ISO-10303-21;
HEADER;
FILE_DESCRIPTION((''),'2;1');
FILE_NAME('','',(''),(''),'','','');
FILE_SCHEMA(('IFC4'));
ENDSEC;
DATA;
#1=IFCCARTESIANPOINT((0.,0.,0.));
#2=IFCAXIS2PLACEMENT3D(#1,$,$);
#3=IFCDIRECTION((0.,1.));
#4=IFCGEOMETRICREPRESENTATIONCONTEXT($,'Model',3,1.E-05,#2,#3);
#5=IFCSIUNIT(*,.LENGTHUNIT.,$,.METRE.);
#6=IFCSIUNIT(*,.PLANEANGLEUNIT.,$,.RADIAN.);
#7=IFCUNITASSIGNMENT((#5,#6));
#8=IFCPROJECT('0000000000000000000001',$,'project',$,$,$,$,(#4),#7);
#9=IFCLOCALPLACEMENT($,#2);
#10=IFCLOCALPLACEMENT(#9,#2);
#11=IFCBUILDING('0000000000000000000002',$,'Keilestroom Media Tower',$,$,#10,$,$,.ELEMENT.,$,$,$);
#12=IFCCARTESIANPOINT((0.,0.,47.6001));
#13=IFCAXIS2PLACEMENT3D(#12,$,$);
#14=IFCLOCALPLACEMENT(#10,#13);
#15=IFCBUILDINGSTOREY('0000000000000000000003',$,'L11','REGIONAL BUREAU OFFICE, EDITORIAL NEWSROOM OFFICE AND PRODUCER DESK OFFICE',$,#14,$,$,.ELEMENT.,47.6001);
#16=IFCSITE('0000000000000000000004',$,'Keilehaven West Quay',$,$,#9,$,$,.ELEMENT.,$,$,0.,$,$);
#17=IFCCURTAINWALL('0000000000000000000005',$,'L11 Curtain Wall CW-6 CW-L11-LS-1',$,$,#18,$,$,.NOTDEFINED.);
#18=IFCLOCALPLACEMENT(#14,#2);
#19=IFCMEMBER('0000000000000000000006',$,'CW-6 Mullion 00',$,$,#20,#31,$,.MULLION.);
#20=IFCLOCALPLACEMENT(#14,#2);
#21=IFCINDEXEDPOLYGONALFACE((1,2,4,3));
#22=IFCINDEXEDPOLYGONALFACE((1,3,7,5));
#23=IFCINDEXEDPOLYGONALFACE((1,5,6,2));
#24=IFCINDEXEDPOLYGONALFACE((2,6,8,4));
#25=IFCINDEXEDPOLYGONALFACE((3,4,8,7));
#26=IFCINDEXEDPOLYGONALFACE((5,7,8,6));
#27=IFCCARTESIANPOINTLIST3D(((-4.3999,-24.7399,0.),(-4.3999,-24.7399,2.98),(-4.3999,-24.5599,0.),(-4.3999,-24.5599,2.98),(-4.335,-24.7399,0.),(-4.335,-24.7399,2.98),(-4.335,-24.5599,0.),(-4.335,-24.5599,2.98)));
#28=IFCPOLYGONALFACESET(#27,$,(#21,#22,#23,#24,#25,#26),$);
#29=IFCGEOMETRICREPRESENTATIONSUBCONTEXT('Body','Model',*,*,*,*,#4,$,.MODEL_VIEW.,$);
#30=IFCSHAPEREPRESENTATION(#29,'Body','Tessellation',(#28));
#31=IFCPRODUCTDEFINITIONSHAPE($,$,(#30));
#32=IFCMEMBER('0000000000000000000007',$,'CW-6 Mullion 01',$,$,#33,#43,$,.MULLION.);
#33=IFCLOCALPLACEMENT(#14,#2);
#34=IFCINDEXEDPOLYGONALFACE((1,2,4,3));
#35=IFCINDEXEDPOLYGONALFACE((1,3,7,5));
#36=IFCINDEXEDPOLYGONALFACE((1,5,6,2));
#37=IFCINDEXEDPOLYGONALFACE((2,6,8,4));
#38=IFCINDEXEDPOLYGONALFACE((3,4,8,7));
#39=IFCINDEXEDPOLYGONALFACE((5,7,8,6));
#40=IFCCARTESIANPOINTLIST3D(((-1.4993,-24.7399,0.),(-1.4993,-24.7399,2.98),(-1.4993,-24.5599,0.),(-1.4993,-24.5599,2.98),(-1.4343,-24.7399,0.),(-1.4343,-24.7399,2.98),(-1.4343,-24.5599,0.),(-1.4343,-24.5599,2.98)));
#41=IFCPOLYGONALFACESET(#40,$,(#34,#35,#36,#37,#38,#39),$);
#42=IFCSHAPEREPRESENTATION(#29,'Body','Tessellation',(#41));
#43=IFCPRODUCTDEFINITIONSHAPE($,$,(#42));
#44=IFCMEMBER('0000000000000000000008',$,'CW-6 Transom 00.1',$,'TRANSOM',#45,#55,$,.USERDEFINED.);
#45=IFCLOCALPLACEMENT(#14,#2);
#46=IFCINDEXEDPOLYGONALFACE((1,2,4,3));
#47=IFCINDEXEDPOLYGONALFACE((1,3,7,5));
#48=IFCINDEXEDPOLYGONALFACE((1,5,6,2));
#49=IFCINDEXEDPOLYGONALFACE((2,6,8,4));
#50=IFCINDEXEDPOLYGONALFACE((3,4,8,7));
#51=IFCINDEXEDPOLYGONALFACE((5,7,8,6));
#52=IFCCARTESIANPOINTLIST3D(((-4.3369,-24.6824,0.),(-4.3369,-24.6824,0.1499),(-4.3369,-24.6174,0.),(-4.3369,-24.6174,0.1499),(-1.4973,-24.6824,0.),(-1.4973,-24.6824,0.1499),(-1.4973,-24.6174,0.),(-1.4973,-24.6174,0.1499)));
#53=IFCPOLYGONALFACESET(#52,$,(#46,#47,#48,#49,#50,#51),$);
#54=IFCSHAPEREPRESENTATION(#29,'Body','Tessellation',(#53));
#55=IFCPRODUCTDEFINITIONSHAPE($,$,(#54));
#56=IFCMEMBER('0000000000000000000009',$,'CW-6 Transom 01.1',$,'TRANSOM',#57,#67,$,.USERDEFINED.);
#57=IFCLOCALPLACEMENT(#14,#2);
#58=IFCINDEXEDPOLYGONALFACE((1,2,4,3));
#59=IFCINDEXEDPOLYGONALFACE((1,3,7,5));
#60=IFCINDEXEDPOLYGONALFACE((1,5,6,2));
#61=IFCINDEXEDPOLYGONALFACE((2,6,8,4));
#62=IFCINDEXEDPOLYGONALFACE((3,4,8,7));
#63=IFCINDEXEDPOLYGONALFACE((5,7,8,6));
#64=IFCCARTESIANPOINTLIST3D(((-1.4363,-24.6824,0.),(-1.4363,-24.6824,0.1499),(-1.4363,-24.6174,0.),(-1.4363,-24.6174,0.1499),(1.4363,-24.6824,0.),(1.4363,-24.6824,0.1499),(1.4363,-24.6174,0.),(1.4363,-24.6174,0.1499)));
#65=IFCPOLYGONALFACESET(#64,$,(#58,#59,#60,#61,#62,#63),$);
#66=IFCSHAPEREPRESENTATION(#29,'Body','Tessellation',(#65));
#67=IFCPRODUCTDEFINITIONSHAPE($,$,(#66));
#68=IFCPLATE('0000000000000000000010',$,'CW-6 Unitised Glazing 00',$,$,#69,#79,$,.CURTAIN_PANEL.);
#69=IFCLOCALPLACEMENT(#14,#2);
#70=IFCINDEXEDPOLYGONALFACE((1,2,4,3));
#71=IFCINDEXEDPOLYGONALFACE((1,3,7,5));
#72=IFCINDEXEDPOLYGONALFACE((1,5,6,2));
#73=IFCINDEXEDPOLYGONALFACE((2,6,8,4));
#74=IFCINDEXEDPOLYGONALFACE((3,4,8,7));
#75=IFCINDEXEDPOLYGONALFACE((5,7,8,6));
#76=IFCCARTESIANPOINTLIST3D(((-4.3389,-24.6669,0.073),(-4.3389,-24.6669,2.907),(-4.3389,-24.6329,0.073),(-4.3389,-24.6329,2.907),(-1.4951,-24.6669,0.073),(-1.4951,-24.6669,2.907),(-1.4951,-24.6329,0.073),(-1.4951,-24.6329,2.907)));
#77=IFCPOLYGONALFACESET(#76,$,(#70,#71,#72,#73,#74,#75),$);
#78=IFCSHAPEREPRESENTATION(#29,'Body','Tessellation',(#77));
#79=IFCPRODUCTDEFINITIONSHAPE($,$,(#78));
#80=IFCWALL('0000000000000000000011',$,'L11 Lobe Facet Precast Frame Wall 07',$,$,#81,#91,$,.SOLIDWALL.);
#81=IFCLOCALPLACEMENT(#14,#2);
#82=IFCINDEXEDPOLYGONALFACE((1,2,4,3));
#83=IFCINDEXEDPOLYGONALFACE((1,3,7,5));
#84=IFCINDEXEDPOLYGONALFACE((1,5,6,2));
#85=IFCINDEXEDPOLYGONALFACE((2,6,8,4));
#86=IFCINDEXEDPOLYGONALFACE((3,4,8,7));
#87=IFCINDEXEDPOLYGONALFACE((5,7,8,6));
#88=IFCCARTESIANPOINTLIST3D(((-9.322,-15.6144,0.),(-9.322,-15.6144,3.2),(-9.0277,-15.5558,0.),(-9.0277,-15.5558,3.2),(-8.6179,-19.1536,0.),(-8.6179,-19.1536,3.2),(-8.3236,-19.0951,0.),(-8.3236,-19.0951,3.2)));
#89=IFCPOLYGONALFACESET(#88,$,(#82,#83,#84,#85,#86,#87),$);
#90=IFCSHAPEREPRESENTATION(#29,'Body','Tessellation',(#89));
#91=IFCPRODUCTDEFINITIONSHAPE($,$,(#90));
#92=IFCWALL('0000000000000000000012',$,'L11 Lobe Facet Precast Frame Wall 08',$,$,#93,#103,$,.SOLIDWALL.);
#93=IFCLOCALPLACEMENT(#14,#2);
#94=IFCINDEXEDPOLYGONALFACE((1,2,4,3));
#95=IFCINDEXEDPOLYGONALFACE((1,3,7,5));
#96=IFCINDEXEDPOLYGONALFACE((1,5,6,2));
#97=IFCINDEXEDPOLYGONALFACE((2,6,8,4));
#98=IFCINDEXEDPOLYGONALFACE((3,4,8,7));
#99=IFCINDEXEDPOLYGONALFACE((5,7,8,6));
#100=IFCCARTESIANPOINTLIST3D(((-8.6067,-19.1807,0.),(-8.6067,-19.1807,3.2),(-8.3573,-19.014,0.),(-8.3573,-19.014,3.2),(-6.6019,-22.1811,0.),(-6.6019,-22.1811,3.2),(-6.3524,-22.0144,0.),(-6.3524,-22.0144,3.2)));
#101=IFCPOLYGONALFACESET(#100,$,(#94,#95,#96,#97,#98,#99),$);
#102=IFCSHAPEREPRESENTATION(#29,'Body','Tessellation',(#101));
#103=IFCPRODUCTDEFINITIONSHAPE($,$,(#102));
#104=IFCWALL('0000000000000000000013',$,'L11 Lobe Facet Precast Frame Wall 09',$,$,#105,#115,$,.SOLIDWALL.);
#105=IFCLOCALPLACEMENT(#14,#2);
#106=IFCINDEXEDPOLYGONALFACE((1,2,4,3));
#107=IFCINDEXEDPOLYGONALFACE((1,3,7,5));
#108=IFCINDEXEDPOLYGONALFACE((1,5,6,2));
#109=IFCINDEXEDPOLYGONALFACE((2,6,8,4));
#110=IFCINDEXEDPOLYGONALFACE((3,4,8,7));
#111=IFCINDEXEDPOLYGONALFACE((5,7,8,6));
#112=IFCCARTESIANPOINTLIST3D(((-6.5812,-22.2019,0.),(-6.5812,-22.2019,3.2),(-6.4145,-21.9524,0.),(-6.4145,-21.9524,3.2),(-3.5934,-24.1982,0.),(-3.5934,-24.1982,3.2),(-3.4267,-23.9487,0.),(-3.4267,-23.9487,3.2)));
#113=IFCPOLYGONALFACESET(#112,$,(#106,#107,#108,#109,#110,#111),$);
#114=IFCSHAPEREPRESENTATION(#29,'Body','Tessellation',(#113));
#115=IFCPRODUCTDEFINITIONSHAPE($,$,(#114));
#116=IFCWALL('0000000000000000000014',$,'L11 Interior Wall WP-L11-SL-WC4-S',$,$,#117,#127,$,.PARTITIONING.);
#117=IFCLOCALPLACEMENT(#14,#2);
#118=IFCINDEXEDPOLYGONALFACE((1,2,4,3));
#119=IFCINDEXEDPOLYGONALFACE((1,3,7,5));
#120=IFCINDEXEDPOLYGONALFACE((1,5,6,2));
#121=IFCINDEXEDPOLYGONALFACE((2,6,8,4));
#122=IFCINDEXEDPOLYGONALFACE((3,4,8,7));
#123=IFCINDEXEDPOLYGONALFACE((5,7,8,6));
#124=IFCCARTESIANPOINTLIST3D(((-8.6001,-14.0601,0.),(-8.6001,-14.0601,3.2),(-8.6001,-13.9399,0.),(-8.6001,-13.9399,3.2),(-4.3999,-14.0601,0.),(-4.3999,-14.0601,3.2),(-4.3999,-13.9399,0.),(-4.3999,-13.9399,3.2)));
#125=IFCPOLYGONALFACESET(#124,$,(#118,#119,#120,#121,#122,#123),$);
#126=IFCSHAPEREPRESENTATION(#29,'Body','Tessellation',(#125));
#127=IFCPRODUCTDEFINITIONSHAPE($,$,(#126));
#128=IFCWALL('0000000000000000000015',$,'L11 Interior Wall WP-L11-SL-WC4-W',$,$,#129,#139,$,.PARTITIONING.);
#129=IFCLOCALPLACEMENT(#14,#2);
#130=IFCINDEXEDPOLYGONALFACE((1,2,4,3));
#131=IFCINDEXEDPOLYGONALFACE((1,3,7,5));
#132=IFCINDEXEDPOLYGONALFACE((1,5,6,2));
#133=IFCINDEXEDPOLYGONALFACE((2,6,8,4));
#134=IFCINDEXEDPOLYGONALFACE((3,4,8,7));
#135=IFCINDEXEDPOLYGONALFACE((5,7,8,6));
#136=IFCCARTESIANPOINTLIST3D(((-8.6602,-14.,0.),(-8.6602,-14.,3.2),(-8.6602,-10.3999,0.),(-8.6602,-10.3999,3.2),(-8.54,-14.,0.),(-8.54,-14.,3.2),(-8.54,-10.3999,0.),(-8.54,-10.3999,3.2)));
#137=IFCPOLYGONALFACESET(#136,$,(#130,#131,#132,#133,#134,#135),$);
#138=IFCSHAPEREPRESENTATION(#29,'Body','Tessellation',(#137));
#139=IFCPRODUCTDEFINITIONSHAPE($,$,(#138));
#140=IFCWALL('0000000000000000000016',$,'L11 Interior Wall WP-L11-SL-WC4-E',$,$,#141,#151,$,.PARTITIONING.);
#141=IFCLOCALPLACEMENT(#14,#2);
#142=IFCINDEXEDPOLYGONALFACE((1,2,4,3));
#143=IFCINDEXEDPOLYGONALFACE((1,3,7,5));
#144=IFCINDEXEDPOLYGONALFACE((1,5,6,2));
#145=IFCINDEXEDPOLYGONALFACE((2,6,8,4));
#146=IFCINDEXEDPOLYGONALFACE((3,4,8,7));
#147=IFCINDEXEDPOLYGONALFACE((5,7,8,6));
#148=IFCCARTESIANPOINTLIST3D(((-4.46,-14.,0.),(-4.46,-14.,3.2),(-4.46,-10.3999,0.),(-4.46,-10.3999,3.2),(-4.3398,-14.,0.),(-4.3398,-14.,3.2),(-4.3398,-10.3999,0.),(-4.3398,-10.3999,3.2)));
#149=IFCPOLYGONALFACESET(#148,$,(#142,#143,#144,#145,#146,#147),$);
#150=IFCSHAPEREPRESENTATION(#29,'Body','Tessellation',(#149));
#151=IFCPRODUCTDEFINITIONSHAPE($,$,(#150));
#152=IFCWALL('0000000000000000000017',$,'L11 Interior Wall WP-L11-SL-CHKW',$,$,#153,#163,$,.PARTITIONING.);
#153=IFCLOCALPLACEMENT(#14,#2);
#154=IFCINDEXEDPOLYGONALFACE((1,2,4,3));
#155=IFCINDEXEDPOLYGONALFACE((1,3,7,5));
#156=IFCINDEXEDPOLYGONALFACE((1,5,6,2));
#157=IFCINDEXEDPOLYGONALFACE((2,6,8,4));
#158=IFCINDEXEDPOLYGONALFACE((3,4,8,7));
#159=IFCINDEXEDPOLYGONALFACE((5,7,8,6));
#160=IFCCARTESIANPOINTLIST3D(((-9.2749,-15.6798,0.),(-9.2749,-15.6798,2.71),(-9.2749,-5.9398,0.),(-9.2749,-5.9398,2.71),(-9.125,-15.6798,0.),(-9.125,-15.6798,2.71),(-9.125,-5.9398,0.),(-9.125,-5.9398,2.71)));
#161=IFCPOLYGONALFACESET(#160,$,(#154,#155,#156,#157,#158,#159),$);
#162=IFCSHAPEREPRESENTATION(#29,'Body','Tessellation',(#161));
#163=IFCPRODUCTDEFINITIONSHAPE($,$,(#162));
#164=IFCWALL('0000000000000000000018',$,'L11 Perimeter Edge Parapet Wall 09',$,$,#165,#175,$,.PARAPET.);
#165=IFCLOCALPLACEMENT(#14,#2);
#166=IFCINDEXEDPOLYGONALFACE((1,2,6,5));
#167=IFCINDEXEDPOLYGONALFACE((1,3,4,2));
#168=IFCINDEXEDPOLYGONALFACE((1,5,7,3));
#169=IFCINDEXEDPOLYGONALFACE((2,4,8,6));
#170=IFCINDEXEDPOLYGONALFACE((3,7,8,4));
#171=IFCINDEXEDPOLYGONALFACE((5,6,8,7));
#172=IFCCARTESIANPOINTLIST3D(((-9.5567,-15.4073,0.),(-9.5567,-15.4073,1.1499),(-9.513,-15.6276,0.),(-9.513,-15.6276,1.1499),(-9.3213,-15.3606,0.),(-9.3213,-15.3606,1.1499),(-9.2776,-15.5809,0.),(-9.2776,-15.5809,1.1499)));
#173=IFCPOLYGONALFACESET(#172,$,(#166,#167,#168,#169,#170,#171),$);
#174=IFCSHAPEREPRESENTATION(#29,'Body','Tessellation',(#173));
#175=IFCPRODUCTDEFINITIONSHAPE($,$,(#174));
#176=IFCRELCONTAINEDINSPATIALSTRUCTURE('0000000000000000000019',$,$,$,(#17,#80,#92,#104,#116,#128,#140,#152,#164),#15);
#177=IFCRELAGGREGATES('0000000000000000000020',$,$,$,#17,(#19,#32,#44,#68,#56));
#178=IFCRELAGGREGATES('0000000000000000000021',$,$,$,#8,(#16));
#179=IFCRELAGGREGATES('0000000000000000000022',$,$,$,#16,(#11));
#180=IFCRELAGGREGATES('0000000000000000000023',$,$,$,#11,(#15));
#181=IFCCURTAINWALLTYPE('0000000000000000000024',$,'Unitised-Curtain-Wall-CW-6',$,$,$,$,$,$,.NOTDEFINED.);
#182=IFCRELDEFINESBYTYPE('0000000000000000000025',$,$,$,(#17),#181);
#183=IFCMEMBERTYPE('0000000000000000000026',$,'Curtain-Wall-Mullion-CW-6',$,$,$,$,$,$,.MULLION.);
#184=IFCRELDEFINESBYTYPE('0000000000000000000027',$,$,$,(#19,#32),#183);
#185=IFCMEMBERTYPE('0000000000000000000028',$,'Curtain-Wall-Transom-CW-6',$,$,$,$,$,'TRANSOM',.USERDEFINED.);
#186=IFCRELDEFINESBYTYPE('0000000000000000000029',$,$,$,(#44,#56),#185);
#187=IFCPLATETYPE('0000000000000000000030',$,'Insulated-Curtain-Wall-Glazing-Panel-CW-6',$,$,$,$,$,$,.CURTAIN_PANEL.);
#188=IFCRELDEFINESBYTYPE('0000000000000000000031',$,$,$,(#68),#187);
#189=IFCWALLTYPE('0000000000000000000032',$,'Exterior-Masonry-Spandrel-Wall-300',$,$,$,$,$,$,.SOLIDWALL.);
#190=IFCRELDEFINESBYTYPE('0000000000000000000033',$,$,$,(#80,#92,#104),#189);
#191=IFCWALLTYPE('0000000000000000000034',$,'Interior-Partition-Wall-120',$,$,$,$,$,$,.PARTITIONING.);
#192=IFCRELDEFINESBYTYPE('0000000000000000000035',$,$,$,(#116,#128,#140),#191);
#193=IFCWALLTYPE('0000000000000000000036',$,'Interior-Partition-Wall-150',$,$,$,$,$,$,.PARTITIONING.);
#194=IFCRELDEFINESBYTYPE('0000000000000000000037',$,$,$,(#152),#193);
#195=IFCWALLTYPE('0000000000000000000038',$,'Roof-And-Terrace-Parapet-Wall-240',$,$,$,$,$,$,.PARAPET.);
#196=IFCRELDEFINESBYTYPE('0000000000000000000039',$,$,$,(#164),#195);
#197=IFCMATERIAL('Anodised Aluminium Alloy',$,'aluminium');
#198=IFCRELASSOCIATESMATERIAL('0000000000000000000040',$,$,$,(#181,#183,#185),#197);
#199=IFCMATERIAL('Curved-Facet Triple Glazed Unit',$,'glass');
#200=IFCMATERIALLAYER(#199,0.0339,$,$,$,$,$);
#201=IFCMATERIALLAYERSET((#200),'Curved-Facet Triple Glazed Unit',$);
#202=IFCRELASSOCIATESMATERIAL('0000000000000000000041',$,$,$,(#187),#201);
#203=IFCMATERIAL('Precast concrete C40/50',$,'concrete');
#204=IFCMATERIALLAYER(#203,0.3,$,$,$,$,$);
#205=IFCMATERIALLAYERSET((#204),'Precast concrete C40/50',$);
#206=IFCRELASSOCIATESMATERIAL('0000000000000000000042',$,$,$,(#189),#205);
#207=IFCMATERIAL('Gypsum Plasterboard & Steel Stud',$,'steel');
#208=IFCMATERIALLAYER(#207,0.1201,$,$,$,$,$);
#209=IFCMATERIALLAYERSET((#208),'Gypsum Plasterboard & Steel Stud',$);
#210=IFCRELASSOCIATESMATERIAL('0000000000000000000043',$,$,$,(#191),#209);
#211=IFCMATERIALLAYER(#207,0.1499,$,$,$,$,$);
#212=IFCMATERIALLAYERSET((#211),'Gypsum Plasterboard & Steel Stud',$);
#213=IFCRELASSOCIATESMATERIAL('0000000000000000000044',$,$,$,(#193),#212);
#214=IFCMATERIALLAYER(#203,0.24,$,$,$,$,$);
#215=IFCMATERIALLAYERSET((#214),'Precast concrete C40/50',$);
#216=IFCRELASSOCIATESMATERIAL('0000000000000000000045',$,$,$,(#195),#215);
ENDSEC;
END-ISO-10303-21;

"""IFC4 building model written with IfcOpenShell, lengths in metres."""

from ifc_helpers import new_model, si_unit, direction, frame, frame_2d, origin, origin_2d, place, context, subcontext, project, spatial, rectangle, extrude, source, transform, mapped, material, layer, layer_set, material_profile, profile_set, type_object, element, aggregate, save


model = new_model("IFC4")

# Units and contexts
model_context = context("Model", 3, precision=1e-05, world=origin(), true_north=direction((0.0, 1.0)))
body_context = subcontext(model_context, "Body", "Model", "MODEL_VIEW")
ifc_project = project(units=[si_unit("LENGTHUNIT", "METRE"), si_unit("PLANEANGLEUNIT", "RADIAN")], contexts=[model_context])

# Site, building, storey
site_placement = place(None, origin())
site = spatial("IfcSite", under=ifc_project, at=site_placement, Name="Keilehaven West Quay", CompositionType="ELEMENT", RefElevation=0.0)
building_placement = place(site_placement, origin())
building = spatial("IfcBuilding", under=site, at=building_placement, Name="Keilestroom Media Tower", CompositionType="ELEMENT")
storey_placement = place(building_placement, frame((0.0, 0.0, 47.6001)))
storey = spatial("IfcBuildingStorey", under=building, at=storey_placement, Name="L11", Description="REGIONAL BUREAU OFFICE, EDITORIAL NEWSROOM OFFICE AND PRODUCER DESK OFFICE", CompositionType="ELEMENT", Elevation=47.6001)

# Curtain wall, members, plate
ifc_material_1 = material(Name="Anodised Aluminium Alloy", Category="aluminium")
curtain_wall_type = type_object("IfcCurtainWallType", Name="Unitised-Curtain-Wall-CW-6", PredefinedType="NOTDEFINED", material=ifc_material_1)
curtain_wall_placement = place(storey_placement, origin())
curtain_wall = element("IfcCurtainWall", 1, at=curtain_wall_placement, inside=storey, type_object=curtain_wall_type, Name="L11 Curtain Wall CW-6 CW-L11-LS-1", PredefinedType="NOTDEFINED")
ifc_material_profile_1 = material_profile(ifc_material_1, rectangle(XDim=0.0649, YDim=0.1799, at=origin_2d()), Name="ALU MULLION 65x180")
ifc_profile_set_1 = profile_set([ifc_material_profile_1], Name="Anodised Aluminium Alloy")
member_type_1 = type_object("IfcMemberType", Name="Curtain-Wall-Mullion-CW-6", PredefinedType="MULLION", material=ifc_profile_set_1)
shared_shape_1 = source(origin(), body_context, "Body", "SweptSolid", [
    extrude(rectangle(XDim=0.0649, YDim=0.1799, at=origin_2d()), origin(), (0.0, 0.0, 1.0), 2.98),
])
member_1_placement = place(storey_placement, frame((-4.3674, -24.6499, 0.0), z_axis=(0.0, 0.0, 1.0), x_axis=(1.0, 0.0, 0.0)))
member_1 = element("IfcMember", 2, at=member_1_placement, type_object=member_type_1, Name="CW-6 Mullion 00", PredefinedType="MULLION", context=body_context, shape_type="MappedRepresentation", body=[
    mapped(shared_shape_1, transform((0.0, 0.0, 0.0), x_axis=(1.0, 0.0, 0.0), y_axis=(0.0, 1.0, 0.0), z_axis=(0.0, 0.0, 1.0), scale=1.0)),
])
member_2_placement = place(storey_placement, frame((-1.4668, -24.6499, 0.0), z_axis=(0.0, 0.0, 1.0), x_axis=(1.0, 0.0, 0.0)))
member_2 = element("IfcMember", 3, at=member_2_placement, type_object=member_type_1, Name="CW-6 Mullion 01", PredefinedType="MULLION", context=body_context, shape_type="MappedRepresentation", body=[
    mapped(shared_shape_1, transform((0.0, 0.0, 0.0), x_axis=(1.0, 0.0, 0.0), y_axis=(0.0, 1.0, 0.0), z_axis=(0.0, 0.0, 1.0), scale=1.0)),
])
ifc_material_profile_2 = material_profile(ifc_material_1, rectangle(XDim=0.0649, YDim=0.1499, at=origin_2d()), Name="ALU TRANSOM 65x150")
ifc_profile_set_2 = profile_set([ifc_material_profile_2], Name="Anodised Aluminium Alloy")
member_type_2 = type_object("IfcMemberType", Name="Curtain-Wall-Transom-CW-6", ElementType="TRANSOM", PredefinedType="USERDEFINED", material=ifc_profile_set_2)
shared_shape_2 = source(origin(), body_context, "Body", "SweptSolid", [
    extrude(rectangle(XDim=0.0649, YDim=0.1499, at=origin_2d()), origin(), (0.0, 0.0, 1.0), 2.8396),
])
member_3_placement = place(storey_placement, frame((-4.3369, -24.6499, 0.075), z_axis=(1.0, 0.0, 0.0), x_axis=(0.0, 1.0, 0.0)))
member_3 = element("IfcMember", 4, at=member_3_placement, type_object=member_type_2, Name="CW-6 Transom 00.1", ObjectType="TRANSOM", PredefinedType="USERDEFINED", context=body_context, shape_type="MappedRepresentation", body=[
    mapped(shared_shape_2, transform((0.0, 0.0, 0.0), x_axis=(1.0, 0.0, 0.0), y_axis=(0.0, 1.0, 0.0), z_axis=(0.0, 0.0, 1.0), scale=1.0)),
])
shared_shape_3 = source(origin(), body_context, "Body", "SweptSolid", [
    extrude(rectangle(XDim=0.0649, YDim=0.1499, at=origin_2d()), origin(), (0.0, 0.0, 1.0), 2.8726),
])
member_4_placement = place(storey_placement, frame((-1.4363, -24.6499, 0.075), z_axis=(1.0, 0.0, 0.0), x_axis=(0.0, 1.0, 0.0)))
member_4 = element("IfcMember", 5, at=member_4_placement, type_object=member_type_2, Name="CW-6 Transom 01.1", ObjectType="TRANSOM", PredefinedType="USERDEFINED", context=body_context, shape_type="MappedRepresentation", body=[
    mapped(shared_shape_3, transform((0.0, 0.0, 0.0), x_axis=(1.0, 0.0, 0.0), y_axis=(0.0, 1.0, 0.0), z_axis=(0.0, 0.0, 1.0), scale=1.0)),
])
ifc_material_2 = material(Name="Curved-Facet Triple Glazed Unit", Category="glass")
ifc_layer_1 = layer(ifc_material_2, 0.0339)
ifc_layer_set_1 = layer_set([ifc_layer_1], Name="Curved-Facet Triple Glazed Unit")
plate_type = type_object("IfcPlateType", Name="Insulated-Curtain-Wall-Glazing-Panel-CW-6", PredefinedType="CURTAIN_PANEL", material=ifc_layer_set_1)
shared_shape_4 = source(origin(), body_context, "Body", "SweptSolid", [
    extrude(rectangle(XDim=2.8438, YDim=0.0339, at=origin_2d()), origin(), (0.0, 0.0, 1.0), 2.834),
])
plate_placement = place(storey_placement, frame((-2.917, -24.6499, 0.073), z_axis=(0.0, 0.0, 1.0), x_axis=(1.0, 0.0, 0.0)))
plate = element("IfcPlate", 6, at=plate_placement, type_object=plate_type, Name="CW-6 Unitised Glazing 00", PredefinedType="CURTAIN_PANEL", context=body_context, shape_type="MappedRepresentation", body=[
    mapped(shared_shape_4, transform((0.0, 0.0, 0.0), x_axis=(1.0, 0.0, 0.0), y_axis=(0.0, 1.0, 0.0), z_axis=(0.0, 0.0, 1.0), scale=1.0)),
])
aggregate(curtain_wall, [member_1, member_2, member_3, plate, member_4])

# Walls
ifc_material_3 = material(Name="Precast concrete C40/50", Category="concrete")
ifc_layer_2 = layer(ifc_material_3, 0.3)
ifc_layer_set_2 = layer_set([ifc_layer_2], Name="Precast concrete C40/50")
wall_type_1 = type_object("IfcWallType", Name="Exterior-Masonry-Spandrel-Wall-300", PredefinedType="SOLIDWALL", material=ifc_layer_set_2)
for number, where, z_axis, x_axis, name in (
    (7, (-9.1748, -15.5852, 0.0), (0.0, 0.0, 1.0), (0.195114, -0.980781, 0.0), "L11 Lobe Facet Precast Frame Wall 07"),
    (8, (-8.4819, -19.0974, 0.0), (0.0, 0.0, 1.0), (0.555574, -0.831467, 0.0), "L11 Lobe Facet Precast Frame Wall 08"),
):
    element("IfcWall", number, at=place(storey_placement, frame(where, z_axis=z_axis, x_axis=x_axis)), inside=storey, type_object=wall_type_1, Name=name, PredefinedType="SOLIDWALL", context=body_context, shape_type="SweptSolid", body=[
        extrude(rectangle(XDim=3.6086, YDim=0.3, at=frame_2d((1.8042, 0.0))), origin(), (0.0, 0.0, 1.0), 3.2),
    ])
wall_1_placement = place(storey_placement, frame((-6.4978, -22.0771, 0.0), z_axis=(0.0, 0.0, 1.0), x_axis=(0.831475, -0.555562, 0.0)))
element("IfcWall", 9, at=wall_1_placement, inside=storey, type_object=wall_type_1, Name="L11 Lobe Facet Precast Frame Wall 09", PredefinedType="SOLIDWALL", context=body_context, shape_type="SweptSolid", body=[
    extrude(rectangle(XDim=3.5933, YDim=0.3, at=frame_2d((1.7966, 0.0))), origin(), (0.0, 0.0, 1.0), 3.2),
])
ifc_material_4 = material(Name="Gypsum Plasterboard & Steel Stud", Category="steel")
ifc_layer_3 = layer(ifc_material_4, 0.1201)
ifc_layer_set_3 = layer_set([ifc_layer_3], Name="Gypsum Plasterboard & Steel Stud")
wall_type_2 = type_object("IfcWallType", Name="Interior-Partition-Wall-120", PredefinedType="PARTITIONING", material=ifc_layer_set_3)
wall_2_placement = place(storey_placement, frame((-8.6001, -14.0, 0.0), z_axis=(0.0, 0.0, 1.0), x_axis=(1.0, 0.0, 0.0)))
element("IfcWall", 10, at=wall_2_placement, inside=storey, type_object=wall_type_2, Name="L11 Interior Wall WP-L11-SL-WC4-S", PredefinedType="PARTITIONING", context=body_context, shape_type="SweptSolid", body=[
    extrude(rectangle(XDim=4.2002, YDim=0.1201, at=frame_2d((2.1001, 0.0))), origin(), (0.0, 0.0, 1.0), 3.2),
])
for number, where, z_axis, x_axis, name in (
    (11, (-8.6001, -14.0, 0.0), (0.0, 0.0, 1.0), (0.0, 1.0, 0.0), "L11 Interior Wall WP-L11-SL-WC4-W"),
    (12, (-4.3999, -14.0, 0.0), (0.0, 0.0, 1.0), (0.0, 1.0, 0.0), "L11 Interior Wall WP-L11-SL-WC4-E"),
):
    element("IfcWall", number, at=place(storey_placement, frame(where, z_axis=z_axis, x_axis=x_axis)), inside=storey, type_object=wall_type_2, Name=name, PredefinedType="PARTITIONING", context=body_context, shape_type="SweptSolid", body=[
        extrude(rectangle(XDim=3.6001, YDim=0.1201, at=frame_2d((1.8, 0.0))), origin(), (0.0, 0.0, 1.0), 3.2),
    ])
ifc_layer_4 = layer(ifc_material_4, 0.1499)
ifc_layer_set_4 = layer_set([ifc_layer_4], Name="Gypsum Plasterboard & Steel Stud")
wall_type_3 = type_object("IfcWallType", Name="Interior-Partition-Wall-150", PredefinedType="PARTITIONING", material=ifc_layer_set_4)
wall_3_placement = place(storey_placement, frame((-9.2, -15.6799, 0.0), z_axis=(0.0, 0.0, 1.0), x_axis=(0.0, 1.0, 0.0)))
element("IfcWall", 13, at=wall_3_placement, inside=storey, type_object=wall_type_3, Name="L11 Interior Wall WP-L11-SL-CHKW", PredefinedType="PARTITIONING", context=body_context, shape_type="SweptSolid", body=[
    extrude(rectangle(XDim=9.74, YDim=0.1499, at=frame_2d((4.8701, 0.0))), origin(), (0.0, 0.0, 1.0), 2.71),
])
ifc_layer_5 = layer(ifc_material_3, 0.24)
ifc_layer_set_5 = layer_set([ifc_layer_5], Name="Precast concrete C40/50")
wall_type_4 = type_object("IfcWallType", Name="Roof-And-Terrace-Parapet-Wall-240", PredefinedType="PARAPET", material=ifc_layer_set_5)
wall_4_placement = place(storey_placement, frame((-9.3953, -15.6042, 0.0), z_axis=(0.0, 0.0, 1.0), x_axis=(-0.194652, 0.980872, 0.0)))
element("IfcWall", 14, at=wall_4_placement, inside=storey, type_object=wall_type_4, Name="L11 Perimeter Edge Parapet Wall 09", PredefinedType="PARAPET", context=body_context, shape_type="SweptSolid", body=[
    extrude(rectangle(XDim=0.2246, YDim=0.24, at=frame_2d((0.1123, 0.0))), origin(), (0.0, 0.0, 1.0), 1.1499),
])

save(model, "model.ifc")
